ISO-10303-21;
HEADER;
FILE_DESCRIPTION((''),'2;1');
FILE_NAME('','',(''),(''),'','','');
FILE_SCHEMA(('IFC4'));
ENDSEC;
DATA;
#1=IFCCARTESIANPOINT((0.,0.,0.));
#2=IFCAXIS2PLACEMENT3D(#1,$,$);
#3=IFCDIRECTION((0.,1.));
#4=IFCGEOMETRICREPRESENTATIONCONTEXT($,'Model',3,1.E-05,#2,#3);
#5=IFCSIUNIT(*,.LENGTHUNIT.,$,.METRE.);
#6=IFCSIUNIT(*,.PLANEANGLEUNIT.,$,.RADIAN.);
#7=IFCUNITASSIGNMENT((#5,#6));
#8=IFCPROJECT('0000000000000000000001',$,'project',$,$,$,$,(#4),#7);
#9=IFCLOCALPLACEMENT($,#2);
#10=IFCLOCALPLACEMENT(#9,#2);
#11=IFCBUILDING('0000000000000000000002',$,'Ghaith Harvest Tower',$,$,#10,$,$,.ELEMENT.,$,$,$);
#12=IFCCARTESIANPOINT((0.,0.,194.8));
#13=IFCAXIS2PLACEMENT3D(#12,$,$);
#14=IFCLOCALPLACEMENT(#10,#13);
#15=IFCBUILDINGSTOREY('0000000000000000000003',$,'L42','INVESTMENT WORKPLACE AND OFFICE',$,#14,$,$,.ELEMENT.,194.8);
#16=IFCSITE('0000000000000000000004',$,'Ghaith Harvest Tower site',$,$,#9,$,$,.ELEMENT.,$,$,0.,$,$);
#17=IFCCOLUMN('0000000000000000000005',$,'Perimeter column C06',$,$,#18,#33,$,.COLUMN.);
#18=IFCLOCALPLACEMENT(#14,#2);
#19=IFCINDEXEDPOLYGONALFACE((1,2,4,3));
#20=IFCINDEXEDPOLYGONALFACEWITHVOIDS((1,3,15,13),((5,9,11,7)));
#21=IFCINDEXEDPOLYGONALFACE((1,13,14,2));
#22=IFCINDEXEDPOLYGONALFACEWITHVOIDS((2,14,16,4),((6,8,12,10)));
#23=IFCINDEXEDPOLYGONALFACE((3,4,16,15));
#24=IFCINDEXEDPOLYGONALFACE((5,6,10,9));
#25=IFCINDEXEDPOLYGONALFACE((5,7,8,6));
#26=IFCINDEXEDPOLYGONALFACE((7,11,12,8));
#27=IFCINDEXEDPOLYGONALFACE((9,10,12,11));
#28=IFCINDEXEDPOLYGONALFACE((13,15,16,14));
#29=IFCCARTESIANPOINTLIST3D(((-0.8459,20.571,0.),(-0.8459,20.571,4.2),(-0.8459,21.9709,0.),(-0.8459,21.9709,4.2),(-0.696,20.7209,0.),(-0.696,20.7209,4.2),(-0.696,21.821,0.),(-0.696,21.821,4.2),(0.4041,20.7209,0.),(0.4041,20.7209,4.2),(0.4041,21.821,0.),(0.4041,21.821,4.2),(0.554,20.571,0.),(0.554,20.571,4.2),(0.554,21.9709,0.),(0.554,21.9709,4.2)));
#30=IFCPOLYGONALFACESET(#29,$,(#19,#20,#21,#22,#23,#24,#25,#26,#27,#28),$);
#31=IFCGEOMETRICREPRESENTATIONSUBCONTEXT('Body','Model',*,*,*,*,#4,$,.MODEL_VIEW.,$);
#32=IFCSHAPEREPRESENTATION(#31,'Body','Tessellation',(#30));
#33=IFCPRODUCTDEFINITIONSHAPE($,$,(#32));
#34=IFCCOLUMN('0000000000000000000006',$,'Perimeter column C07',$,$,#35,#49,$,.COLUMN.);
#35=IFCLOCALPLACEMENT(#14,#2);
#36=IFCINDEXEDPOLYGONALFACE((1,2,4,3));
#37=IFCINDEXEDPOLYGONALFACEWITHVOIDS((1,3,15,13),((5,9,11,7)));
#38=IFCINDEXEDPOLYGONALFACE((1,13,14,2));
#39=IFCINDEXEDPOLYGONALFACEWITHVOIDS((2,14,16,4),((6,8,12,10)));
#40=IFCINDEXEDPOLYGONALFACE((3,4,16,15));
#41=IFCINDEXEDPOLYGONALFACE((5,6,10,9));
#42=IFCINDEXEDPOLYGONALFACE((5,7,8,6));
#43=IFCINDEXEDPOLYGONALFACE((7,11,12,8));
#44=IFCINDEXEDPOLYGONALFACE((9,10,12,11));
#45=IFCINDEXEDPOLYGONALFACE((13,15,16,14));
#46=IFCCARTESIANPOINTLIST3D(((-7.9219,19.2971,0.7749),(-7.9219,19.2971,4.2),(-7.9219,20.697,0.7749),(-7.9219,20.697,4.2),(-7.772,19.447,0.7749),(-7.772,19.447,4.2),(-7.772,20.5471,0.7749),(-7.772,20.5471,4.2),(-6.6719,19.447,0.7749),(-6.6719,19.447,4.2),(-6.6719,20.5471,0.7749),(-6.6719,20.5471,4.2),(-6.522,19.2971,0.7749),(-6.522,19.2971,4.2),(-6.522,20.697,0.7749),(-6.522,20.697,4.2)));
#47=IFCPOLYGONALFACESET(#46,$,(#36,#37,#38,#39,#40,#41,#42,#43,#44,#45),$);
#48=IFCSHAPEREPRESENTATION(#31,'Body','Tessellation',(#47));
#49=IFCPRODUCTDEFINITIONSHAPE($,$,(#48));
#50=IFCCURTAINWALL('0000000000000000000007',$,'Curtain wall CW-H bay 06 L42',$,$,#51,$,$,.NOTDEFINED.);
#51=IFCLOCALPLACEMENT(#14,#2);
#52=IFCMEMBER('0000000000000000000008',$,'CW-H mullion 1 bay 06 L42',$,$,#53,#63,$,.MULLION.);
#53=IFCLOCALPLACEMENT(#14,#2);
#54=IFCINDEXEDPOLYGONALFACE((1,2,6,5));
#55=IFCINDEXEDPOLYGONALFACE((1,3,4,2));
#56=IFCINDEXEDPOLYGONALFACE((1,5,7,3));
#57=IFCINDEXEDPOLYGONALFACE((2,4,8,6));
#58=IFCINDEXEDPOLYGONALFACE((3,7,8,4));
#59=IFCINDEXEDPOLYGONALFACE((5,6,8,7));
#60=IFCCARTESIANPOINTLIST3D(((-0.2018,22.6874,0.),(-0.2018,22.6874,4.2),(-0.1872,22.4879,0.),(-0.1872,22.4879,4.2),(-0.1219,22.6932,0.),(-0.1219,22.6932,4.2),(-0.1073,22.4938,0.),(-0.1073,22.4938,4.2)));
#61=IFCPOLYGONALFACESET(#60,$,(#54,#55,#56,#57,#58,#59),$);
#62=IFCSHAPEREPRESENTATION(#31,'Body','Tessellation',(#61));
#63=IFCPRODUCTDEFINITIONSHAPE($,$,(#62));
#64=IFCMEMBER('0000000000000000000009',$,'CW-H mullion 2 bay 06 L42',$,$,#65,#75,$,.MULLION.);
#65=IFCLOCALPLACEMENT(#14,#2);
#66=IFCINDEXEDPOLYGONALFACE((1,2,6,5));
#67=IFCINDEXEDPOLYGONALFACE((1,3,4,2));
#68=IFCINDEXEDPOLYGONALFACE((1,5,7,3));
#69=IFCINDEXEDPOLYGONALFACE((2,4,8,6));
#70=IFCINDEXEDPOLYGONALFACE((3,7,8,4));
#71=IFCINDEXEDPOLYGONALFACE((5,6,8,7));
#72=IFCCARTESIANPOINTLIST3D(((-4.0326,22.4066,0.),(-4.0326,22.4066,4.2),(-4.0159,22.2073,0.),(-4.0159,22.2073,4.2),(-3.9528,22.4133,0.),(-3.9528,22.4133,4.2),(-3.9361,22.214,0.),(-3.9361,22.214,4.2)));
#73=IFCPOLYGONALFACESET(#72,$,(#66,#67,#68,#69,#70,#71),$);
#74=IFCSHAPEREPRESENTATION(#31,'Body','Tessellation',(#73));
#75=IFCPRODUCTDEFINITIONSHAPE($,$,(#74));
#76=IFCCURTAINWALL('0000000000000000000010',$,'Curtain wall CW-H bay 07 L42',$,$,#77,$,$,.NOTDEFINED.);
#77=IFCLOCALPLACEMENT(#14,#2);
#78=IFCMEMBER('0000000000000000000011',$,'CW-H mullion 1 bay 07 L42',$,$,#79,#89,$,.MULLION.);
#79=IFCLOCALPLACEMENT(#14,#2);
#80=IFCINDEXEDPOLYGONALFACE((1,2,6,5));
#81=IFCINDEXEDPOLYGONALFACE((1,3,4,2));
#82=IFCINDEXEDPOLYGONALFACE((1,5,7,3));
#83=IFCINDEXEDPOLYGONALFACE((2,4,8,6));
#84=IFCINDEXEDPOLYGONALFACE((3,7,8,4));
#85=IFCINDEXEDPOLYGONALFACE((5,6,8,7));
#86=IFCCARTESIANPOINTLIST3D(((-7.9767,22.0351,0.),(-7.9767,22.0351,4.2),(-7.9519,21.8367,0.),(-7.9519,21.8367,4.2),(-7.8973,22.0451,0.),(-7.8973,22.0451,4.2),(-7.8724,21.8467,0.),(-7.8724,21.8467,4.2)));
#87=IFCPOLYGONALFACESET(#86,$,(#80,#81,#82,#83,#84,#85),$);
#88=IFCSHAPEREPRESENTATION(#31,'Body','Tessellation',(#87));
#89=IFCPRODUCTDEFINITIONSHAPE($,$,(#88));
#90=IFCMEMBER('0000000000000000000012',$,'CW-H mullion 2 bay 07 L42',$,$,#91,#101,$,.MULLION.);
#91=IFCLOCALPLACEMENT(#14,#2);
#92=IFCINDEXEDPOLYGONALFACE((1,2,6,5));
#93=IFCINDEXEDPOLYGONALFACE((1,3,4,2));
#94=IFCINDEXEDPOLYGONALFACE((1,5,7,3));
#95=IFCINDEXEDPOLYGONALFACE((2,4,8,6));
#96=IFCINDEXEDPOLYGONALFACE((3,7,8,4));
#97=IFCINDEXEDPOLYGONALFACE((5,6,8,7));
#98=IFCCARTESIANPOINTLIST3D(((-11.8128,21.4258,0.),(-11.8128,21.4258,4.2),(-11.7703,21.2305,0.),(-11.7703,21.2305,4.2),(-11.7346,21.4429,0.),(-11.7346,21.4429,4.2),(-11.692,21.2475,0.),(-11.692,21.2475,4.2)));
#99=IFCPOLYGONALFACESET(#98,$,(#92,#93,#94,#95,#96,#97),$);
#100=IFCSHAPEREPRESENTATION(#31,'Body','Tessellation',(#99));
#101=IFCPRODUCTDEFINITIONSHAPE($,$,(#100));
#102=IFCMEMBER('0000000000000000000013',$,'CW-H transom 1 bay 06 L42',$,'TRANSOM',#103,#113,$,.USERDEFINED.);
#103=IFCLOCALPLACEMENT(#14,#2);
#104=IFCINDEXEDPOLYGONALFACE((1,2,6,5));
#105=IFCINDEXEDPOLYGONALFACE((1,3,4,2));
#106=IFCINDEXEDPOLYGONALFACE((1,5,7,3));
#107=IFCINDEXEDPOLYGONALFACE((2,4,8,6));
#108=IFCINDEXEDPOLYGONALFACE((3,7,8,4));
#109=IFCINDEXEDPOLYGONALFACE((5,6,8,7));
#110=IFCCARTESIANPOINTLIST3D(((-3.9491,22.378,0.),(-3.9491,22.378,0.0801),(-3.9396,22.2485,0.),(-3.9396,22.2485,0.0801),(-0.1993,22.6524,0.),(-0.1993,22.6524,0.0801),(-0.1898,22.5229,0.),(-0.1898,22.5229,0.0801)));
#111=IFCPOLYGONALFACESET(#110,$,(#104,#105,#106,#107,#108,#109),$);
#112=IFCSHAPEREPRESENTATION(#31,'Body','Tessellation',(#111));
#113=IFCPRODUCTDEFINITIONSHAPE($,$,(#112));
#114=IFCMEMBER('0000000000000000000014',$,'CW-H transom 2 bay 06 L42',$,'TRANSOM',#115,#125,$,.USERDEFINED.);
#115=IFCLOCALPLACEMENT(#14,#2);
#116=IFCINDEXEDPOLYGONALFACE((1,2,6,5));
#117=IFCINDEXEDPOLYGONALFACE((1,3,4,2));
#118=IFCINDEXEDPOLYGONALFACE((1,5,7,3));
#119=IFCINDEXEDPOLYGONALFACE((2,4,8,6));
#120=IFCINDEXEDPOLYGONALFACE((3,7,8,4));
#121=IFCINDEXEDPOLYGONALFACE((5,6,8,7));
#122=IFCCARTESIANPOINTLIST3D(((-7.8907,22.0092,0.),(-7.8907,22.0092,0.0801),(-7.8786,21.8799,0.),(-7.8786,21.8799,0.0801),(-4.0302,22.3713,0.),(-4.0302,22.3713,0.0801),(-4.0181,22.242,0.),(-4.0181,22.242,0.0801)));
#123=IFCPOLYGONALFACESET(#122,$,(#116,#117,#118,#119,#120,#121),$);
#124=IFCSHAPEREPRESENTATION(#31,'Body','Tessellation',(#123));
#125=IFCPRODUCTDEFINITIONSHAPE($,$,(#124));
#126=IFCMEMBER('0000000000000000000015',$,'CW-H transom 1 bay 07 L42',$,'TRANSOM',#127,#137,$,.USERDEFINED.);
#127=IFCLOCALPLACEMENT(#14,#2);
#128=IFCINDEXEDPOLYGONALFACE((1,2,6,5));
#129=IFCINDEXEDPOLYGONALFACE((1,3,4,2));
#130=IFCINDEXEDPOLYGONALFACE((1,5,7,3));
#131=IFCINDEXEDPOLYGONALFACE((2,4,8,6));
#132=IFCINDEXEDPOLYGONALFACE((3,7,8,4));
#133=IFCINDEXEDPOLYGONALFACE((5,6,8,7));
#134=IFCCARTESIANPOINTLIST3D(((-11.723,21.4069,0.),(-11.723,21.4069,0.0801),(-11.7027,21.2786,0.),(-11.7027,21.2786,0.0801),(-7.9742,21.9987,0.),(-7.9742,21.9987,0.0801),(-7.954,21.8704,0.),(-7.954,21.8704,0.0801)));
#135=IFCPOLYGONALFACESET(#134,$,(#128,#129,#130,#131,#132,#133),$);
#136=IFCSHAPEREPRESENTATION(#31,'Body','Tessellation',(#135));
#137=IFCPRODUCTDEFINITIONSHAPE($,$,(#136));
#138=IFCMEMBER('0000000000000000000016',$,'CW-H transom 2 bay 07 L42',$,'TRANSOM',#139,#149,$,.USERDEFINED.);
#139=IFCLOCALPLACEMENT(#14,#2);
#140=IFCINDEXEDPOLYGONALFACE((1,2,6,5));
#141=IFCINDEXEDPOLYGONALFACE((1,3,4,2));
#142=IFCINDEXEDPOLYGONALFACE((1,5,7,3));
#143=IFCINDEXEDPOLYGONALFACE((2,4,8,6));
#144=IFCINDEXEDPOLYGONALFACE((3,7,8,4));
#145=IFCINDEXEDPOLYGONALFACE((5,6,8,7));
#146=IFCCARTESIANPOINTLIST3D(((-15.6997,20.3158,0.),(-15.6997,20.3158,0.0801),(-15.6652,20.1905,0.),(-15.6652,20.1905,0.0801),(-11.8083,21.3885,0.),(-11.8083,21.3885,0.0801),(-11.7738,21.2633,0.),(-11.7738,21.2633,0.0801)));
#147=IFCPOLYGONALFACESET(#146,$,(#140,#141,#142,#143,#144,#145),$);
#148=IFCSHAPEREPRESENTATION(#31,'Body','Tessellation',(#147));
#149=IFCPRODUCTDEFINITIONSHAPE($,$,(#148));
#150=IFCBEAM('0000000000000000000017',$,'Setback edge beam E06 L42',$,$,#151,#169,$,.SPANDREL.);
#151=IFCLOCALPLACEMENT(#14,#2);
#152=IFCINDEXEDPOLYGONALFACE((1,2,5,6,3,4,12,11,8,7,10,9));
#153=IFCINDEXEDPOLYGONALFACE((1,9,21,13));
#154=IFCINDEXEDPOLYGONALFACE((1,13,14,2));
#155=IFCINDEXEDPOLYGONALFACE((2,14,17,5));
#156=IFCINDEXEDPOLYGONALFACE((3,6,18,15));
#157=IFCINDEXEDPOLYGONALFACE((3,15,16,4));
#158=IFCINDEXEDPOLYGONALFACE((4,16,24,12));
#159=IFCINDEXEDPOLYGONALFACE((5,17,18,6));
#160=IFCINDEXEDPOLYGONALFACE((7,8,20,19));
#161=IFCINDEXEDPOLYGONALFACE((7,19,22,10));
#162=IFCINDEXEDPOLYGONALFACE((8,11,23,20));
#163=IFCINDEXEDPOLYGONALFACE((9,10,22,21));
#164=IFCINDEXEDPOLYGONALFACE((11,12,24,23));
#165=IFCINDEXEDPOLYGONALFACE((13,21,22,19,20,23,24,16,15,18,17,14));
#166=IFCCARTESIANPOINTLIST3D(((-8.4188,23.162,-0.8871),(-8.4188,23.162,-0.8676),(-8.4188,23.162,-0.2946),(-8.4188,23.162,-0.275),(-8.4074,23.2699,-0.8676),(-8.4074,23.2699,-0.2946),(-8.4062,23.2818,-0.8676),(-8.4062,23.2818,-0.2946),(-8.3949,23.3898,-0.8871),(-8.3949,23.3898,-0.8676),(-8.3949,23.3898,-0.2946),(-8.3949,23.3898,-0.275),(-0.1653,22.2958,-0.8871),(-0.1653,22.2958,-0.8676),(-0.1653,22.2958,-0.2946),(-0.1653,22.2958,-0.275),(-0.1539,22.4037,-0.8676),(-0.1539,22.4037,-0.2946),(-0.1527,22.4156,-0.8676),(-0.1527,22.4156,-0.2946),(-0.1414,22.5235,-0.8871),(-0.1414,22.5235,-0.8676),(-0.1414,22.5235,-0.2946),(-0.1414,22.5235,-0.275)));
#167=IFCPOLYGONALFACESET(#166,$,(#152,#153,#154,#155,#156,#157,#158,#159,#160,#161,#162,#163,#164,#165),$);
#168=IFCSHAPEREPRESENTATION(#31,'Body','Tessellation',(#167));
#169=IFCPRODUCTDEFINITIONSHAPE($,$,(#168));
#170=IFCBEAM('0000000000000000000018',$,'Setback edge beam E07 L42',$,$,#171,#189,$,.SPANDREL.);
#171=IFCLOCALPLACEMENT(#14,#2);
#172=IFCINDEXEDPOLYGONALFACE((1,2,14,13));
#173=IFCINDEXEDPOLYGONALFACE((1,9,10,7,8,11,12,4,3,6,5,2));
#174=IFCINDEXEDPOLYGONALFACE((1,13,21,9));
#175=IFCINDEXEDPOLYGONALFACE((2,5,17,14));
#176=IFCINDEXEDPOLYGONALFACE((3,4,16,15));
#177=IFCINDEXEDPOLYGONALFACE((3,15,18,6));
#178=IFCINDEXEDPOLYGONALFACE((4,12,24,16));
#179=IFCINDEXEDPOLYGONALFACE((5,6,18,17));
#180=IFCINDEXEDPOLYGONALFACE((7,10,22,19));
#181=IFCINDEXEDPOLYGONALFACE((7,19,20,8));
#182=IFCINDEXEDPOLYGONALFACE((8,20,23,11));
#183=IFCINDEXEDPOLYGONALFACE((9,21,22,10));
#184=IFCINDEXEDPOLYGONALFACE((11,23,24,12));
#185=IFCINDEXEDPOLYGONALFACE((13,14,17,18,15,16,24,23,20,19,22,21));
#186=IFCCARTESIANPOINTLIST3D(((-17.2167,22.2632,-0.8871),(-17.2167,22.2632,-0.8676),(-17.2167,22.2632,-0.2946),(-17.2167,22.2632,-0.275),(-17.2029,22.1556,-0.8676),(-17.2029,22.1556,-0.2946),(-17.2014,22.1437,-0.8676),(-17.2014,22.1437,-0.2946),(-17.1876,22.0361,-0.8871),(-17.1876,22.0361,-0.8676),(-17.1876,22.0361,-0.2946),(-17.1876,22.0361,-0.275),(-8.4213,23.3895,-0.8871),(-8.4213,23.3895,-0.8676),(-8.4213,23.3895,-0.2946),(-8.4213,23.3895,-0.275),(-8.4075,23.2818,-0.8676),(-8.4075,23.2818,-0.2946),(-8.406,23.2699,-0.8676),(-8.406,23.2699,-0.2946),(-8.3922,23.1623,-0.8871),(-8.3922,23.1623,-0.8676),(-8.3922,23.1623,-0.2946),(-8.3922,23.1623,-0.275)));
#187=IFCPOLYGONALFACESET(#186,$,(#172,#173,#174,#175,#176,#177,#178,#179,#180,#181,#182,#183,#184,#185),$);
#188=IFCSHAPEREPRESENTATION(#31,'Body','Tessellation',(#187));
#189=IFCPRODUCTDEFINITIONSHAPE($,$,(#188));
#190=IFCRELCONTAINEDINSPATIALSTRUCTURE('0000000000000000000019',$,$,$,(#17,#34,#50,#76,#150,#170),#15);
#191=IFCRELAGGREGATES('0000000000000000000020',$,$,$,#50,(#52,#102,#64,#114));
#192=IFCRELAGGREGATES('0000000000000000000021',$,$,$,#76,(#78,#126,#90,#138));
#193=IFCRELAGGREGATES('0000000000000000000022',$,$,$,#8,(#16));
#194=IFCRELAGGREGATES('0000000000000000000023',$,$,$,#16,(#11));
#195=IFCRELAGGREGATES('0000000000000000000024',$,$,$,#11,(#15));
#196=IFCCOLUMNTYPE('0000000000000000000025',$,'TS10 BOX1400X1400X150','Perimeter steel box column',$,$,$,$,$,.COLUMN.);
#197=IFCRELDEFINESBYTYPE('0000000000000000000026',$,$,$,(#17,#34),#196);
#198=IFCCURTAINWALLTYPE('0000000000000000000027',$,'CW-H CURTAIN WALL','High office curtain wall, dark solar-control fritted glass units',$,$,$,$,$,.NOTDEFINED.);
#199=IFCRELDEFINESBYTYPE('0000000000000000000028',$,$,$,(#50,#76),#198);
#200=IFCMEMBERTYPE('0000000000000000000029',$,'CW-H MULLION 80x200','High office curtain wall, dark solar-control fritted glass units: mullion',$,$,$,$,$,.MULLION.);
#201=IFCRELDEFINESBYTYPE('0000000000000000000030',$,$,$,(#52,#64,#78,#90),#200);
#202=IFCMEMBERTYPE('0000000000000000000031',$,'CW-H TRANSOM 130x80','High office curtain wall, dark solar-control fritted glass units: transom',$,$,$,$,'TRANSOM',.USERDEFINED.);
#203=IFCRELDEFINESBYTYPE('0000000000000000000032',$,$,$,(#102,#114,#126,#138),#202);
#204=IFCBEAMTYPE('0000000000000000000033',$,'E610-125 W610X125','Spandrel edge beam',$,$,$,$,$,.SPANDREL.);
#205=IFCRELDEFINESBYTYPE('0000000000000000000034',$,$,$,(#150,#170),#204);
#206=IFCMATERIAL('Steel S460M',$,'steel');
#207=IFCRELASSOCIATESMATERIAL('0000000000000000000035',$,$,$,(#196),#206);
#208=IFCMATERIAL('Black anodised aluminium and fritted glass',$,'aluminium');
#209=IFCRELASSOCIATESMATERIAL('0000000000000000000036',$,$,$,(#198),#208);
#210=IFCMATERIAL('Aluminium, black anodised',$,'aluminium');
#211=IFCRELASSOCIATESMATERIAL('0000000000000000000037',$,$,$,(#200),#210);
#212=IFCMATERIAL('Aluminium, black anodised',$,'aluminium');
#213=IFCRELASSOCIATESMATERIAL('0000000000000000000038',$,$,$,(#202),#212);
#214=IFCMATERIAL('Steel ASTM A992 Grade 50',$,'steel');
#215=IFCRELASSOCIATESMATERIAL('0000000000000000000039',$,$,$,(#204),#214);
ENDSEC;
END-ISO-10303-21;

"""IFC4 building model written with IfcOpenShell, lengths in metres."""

from ifc_helpers import new_model, si_unit, direction, frame, origin, origin_2d, place, context, subcontext, project, spatial, rectangle, hollow_rectangle, i_section, extrude, material, material_profile, profile_set, type_object, element, aggregate, save


model = new_model("IFC4")

# Units and contexts
model_context = context("Model", 3, precision=1e-05, world=origin(), true_north=direction((0.0, 1.0)))
body_context = subcontext(model_context, "Body", "Model", "MODEL_VIEW")
ifc_project = project(units=[si_unit("LENGTHUNIT", "METRE"), si_unit("PLANEANGLEUNIT", "RADIAN")], contexts=[model_context])

# Site, building, storey
site_placement = place(None, origin())
site = spatial("IfcSite", under=ifc_project, at=site_placement, Name="Ghaith Harvest Tower site", CompositionType="ELEMENT", RefElevation=0.0)
building_placement = place(site_placement, origin())
building = spatial("IfcBuilding", under=site, at=building_placement, Name="Ghaith Harvest Tower", CompositionType="ELEMENT")
storey_placement = place(building_placement, frame((0.0, 0.0, 194.8)))
storey = spatial("IfcBuildingStorey", under=building, at=storey_placement, Name="L42", Description="INVESTMENT WORKPLACE AND OFFICE", CompositionType="ELEMENT", Elevation=194.8)

# Columns
ifc_material_1 = material(Name="Steel S460M", Category="steel")
ifc_material_profile_1 = material_profile(ifc_material_1, hollow_rectangle(XDim=1.3999, YDim=1.3999, WallThickness=0.1499, at=origin_2d()), Name="BOX1400X1400X150")
ifc_profile_set_1 = profile_set([ifc_material_profile_1], Name="Steel S460M")
column_type = type_object("IfcColumnType", Name="TS10 BOX1400X1400X150", Description="Perimeter steel box column", PredefinedType="COLUMN", material=ifc_profile_set_1)
column_1_placement = place(storey_placement, frame((-0.146, 21.271, 0.0), z_axis=(0.0, 0.0, 1.0), x_axis=(1.0, 0.0, 0.0)))
element("IfcColumn", 1, at=column_1_placement, inside=storey, type_object=column_type, Name="Perimeter column C06", PredefinedType="COLUMN", context=body_context, shape_type="SweptSolid", body=[
    extrude(hollow_rectangle(XDim=1.3999, YDim=1.3999, WallThickness=0.1499, at=origin_2d()), origin(), (0.0, 0.0, 1.0), 4.2),
])
column_2_placement = place(storey_placement, frame((-7.2219, 19.9971, 0.7749), z_axis=(0.0, 0.0, 1.0), x_axis=(1.0, 0.0, 0.0)))
element("IfcColumn", 2, at=column_2_placement, inside=storey, type_object=column_type, Name="Perimeter column C07", PredefinedType="COLUMN", context=body_context, shape_type="SweptSolid", body=[
    extrude(hollow_rectangle(XDim=1.3999, YDim=1.3999, WallThickness=0.1499, at=origin_2d()), origin(), (0.0, 0.0, 1.0), 3.425),
])

# Curtain walls, members
ifc_material_2 = material(Name="Black anodised aluminium and fritted glass", Category="aluminium")
curtain_wall_type = type_object("IfcCurtainWallType", Name="CW-H CURTAIN WALL", Description="High office curtain wall, dark solar-control fritted glass units", PredefinedType="NOTDEFINED", material=ifc_material_2)
curtain_wall_1_placement = place(storey_placement, origin())
curtain_wall_1 = element("IfcCurtainWall", 3, at=curtain_wall_1_placement, inside=storey, type_object=curtain_wall_type, Name="Curtain wall CW-H bay 06 L42", PredefinedType="NOTDEFINED")
ifc_material_3 = material(Name="Aluminium, black anodised", Category="aluminium")
ifc_material_profile_2 = material_profile(ifc_material_3, rectangle(XDim=0.0801, YDim=0.2, at=origin_2d()), Name="CW-H MULLION 80x200")
ifc_profile_set_2 = profile_set([ifc_material_profile_2], Name="Aluminium, black anodised")
member_type_1 = type_object("IfcMemberType", Name="CW-H MULLION 80x200", Description="High office curtain wall, dark solar-control fritted glass units: mullion", PredefinedType="MULLION", material=ifc_profile_set_2)
member_1_placement = place(storey_placement, frame((-0.1545, 22.5906, 0.0), z_axis=(0.0, 0.0, 1.0), x_axis=(-0.997329, -0.073037, 0.0)))
member_1 = element("IfcMember", 4, at=member_1_placement, type_object=member_type_1, Name="CW-H mullion 1 bay 06 L42", PredefinedType="MULLION", context=body_context, shape_type="SweptSolid", body=[
    extrude(rectangle(XDim=0.0801, YDim=0.2, at=origin_2d()), origin(), (0.0, 0.0, 1.0), 4.2),
])
member_2_placement = place(storey_placement, frame((-3.9844, 22.3103, 0.0), z_axis=(0.0, 0.0, 1.0), x_axis=(-0.996523, -0.083324, 0.0)))
member_2 = element("IfcMember", 5, at=member_2_placement, type_object=member_type_1, Name="CW-H mullion 2 bay 06 L42", PredefinedType="MULLION", context=body_context, shape_type="SweptSolid", body=[
    extrude(rectangle(XDim=0.0801, YDim=0.2, at=origin_2d()), origin(), (0.0, 0.0, 1.0), 4.2),
])
curtain_wall_2_placement = place(storey_placement, origin())
curtain_wall_2 = element("IfcCurtainWall", 6, at=curtain_wall_2_placement, inside=storey, type_object=curtain_wall_type, Name="Curtain wall CW-H bay 07 L42", PredefinedType="NOTDEFINED")
member_3_placement = place(storey_placement, frame((-7.9246, 21.9409, 0.0), z_axis=(0.0, 0.0, 1.0), x_axis=(-0.992235, -0.124373, 0.0)))
member_3 = element("IfcMember", 7, at=member_3_placement, type_object=member_type_1, Name="CW-H mullion 1 bay 07 L42", PredefinedType="MULLION", context=body_context, shape_type="SweptSolid", body=[
    extrude(rectangle(XDim=0.0801, YDim=0.2, at=origin_2d()), origin(), (0.0, 0.0, 1.0), 4.2),
])
member_4_placement = place(storey_placement, frame((-11.7524, 21.3367, 0.0), z_axis=(0.0, 0.0, 1.0), x_axis=(-0.977086, -0.212843, 0.0)))
member_4 = element("IfcMember", 8, at=member_4_placement, type_object=member_type_1, Name="CW-H mullion 2 bay 07 L42", PredefinedType="MULLION", context=body_context, shape_type="SweptSolid", body=[
    extrude(rectangle(XDim=0.0801, YDim=0.2, at=origin_2d()), origin(), (0.0, 0.0, 1.0), 4.2),
])

# Members
ifc_material_4 = material(Name="Aluminium, black anodised", Category="aluminium")
ifc_material_profile_3 = material_profile(ifc_material_4, rectangle(XDim=0.1299, YDim=0.0801, at=origin_2d()), Name="CW-H TRANSOM 130x80")
ifc_profile_set_3 = profile_set([ifc_material_profile_3], Name="Aluminium, black anodised")
member_type_2 = type_object("IfcMemberType", Name="CW-H TRANSOM 130x80", Description="High office curtain wall, dark solar-control fritted glass units: transom", ElementType="TRANSOM", PredefinedType="USERDEFINED", material=ifc_profile_set_3)
member_5_placement = place(storey_placement, frame((-0.1946, 22.5876, 0.04), z_axis=(-0.997333, -0.072987, 0.0), x_axis=(0.072987, -0.997333, 0.0)))
member_5 = element("IfcMember", 9, at=member_5_placement, type_object=member_type_2, Name="CW-H transom 1 bay 06 L42", ObjectType="TRANSOM", PredefinedType="USERDEFINED", context=body_context, shape_type="SweptSolid", body=[
    extrude(rectangle(XDim=0.1299, YDim=0.0801, at=origin_2d()), origin(), (0.0, 0.0, 1.0), 3.7598),
])
member_6_placement = place(storey_placement, frame((-4.0242, 22.3066, 0.04), z_axis=(-0.995631, -0.093374, 0.0), x_axis=(0.093374, -0.995631, 0.0)))
member_6 = element("IfcMember", 10, at=member_6_placement, type_object=member_type_2, Name="CW-H transom 2 bay 06 L42", ObjectType="TRANSOM", PredefinedType="USERDEFINED", context=body_context, shape_type="SweptSolid", body=[
    extrude(rectangle(XDim=0.1299, YDim=0.0801, at=origin_2d()), origin(), (0.0, 0.0, 1.0), 3.8774),
])
member_7_placement = place(storey_placement, frame((-7.9641, 21.9346, 0.04), z_axis=(-0.987768, -0.155933, 0.0), x_axis=(0.155933, -0.987768, 0.0)))
member_7 = element("IfcMember", 11, at=member_7_placement, type_object=member_type_2, Name="CW-H transom 1 bay 07 L42", ObjectType="TRANSOM", PredefinedType="USERDEFINED", context=body_context, shape_type="SweptSolid", body=[
    extrude(rectangle(XDim=0.1299, YDim=0.0801, at=origin_2d()), origin(), (0.0, 0.0, 1.0), 3.7952),
])
member_8_placement = place(storey_placement, frame((-11.791, 21.3259, 0.04), z_axis=(-0.964039, -0.265762, 0.0), x_axis=(0.265762, -0.964039, 0.0)))
member_8 = element("IfcMember", 12, at=member_8_placement, type_object=member_type_2, Name="CW-H transom 2 bay 07 L42", ObjectType="TRANSOM", PredefinedType="USERDEFINED", context=body_context, shape_type="SweptSolid", body=[
    extrude(rectangle(XDim=0.1299, YDim=0.0801, at=origin_2d()), origin(), (0.0, 0.0, 1.0), 4.0366),
])

# Beams
ifc_material_5 = material(Name="Steel ASTM A992 Grade 50", Category="steel")
ifc_material_profile_4 = material_profile(ifc_material_5, i_section(OverallWidth=0.229, OverallDepth=0.6121, WebThickness=0.012, FlangeThickness=0.0195, at=origin_2d()), Name="W610X125")
ifc_profile_set_4 = profile_set([ifc_material_profile_4], Name="Steel ASTM A992 Grade 50")
beam_type_1 = type_object("IfcBeamType", Name="E610-125 W610X125", Description="Spandrel edge beam", PredefinedType="SPANDREL", material=ifc_profile_set_4)
beam_1_placement = place(storey_placement, frame((-0.1533, 22.4097, -0.5811), z_axis=(-0.994538, 0.104378, 0.0), x_axis=(-0.104378, -0.994538, 0.0)))
element("IfcBeam", 13, at=beam_1_placement, inside=storey, type_object=beam_type_1, Name="Setback edge beam E06 L42", PredefinedType="SPANDREL", context=body_context, shape_type="SweptSolid", body=[
    extrude(i_section(OverallWidth=0.229, OverallDepth=0.6121, WebThickness=0.012, FlangeThickness=0.0195, at=origin_2d()), origin(), (0.0, 0.0, 1.0), 8.2988),
])
beam_2_placement = place(storey_placement, frame((-8.4067, 23.2759, -0.5811), z_axis=(-0.991902, -0.127009, 0.0), x_axis=(0.127009, -0.991902, 0.0)))
element("IfcBeam", 14, at=beam_2_placement, inside=storey, type_object=beam_type_1, Name="Setback edge beam E07 L42", PredefinedType="SPANDREL", context=body_context, shape_type="SweptSolid", body=[
    extrude(i_section(OverallWidth=0.229, OverallDepth=0.6121, WebThickness=0.012, FlangeThickness=0.0195, at=origin_2d()), origin(), (0.0, 0.0, 1.0), 8.8672),
])

aggregate(curtain_wall_1, [member_1, member_5, member_2, member_6])
aggregate(curtain_wall_2, [member_3, member_7, member_4, member_8])

save(model, "model.ifc")
